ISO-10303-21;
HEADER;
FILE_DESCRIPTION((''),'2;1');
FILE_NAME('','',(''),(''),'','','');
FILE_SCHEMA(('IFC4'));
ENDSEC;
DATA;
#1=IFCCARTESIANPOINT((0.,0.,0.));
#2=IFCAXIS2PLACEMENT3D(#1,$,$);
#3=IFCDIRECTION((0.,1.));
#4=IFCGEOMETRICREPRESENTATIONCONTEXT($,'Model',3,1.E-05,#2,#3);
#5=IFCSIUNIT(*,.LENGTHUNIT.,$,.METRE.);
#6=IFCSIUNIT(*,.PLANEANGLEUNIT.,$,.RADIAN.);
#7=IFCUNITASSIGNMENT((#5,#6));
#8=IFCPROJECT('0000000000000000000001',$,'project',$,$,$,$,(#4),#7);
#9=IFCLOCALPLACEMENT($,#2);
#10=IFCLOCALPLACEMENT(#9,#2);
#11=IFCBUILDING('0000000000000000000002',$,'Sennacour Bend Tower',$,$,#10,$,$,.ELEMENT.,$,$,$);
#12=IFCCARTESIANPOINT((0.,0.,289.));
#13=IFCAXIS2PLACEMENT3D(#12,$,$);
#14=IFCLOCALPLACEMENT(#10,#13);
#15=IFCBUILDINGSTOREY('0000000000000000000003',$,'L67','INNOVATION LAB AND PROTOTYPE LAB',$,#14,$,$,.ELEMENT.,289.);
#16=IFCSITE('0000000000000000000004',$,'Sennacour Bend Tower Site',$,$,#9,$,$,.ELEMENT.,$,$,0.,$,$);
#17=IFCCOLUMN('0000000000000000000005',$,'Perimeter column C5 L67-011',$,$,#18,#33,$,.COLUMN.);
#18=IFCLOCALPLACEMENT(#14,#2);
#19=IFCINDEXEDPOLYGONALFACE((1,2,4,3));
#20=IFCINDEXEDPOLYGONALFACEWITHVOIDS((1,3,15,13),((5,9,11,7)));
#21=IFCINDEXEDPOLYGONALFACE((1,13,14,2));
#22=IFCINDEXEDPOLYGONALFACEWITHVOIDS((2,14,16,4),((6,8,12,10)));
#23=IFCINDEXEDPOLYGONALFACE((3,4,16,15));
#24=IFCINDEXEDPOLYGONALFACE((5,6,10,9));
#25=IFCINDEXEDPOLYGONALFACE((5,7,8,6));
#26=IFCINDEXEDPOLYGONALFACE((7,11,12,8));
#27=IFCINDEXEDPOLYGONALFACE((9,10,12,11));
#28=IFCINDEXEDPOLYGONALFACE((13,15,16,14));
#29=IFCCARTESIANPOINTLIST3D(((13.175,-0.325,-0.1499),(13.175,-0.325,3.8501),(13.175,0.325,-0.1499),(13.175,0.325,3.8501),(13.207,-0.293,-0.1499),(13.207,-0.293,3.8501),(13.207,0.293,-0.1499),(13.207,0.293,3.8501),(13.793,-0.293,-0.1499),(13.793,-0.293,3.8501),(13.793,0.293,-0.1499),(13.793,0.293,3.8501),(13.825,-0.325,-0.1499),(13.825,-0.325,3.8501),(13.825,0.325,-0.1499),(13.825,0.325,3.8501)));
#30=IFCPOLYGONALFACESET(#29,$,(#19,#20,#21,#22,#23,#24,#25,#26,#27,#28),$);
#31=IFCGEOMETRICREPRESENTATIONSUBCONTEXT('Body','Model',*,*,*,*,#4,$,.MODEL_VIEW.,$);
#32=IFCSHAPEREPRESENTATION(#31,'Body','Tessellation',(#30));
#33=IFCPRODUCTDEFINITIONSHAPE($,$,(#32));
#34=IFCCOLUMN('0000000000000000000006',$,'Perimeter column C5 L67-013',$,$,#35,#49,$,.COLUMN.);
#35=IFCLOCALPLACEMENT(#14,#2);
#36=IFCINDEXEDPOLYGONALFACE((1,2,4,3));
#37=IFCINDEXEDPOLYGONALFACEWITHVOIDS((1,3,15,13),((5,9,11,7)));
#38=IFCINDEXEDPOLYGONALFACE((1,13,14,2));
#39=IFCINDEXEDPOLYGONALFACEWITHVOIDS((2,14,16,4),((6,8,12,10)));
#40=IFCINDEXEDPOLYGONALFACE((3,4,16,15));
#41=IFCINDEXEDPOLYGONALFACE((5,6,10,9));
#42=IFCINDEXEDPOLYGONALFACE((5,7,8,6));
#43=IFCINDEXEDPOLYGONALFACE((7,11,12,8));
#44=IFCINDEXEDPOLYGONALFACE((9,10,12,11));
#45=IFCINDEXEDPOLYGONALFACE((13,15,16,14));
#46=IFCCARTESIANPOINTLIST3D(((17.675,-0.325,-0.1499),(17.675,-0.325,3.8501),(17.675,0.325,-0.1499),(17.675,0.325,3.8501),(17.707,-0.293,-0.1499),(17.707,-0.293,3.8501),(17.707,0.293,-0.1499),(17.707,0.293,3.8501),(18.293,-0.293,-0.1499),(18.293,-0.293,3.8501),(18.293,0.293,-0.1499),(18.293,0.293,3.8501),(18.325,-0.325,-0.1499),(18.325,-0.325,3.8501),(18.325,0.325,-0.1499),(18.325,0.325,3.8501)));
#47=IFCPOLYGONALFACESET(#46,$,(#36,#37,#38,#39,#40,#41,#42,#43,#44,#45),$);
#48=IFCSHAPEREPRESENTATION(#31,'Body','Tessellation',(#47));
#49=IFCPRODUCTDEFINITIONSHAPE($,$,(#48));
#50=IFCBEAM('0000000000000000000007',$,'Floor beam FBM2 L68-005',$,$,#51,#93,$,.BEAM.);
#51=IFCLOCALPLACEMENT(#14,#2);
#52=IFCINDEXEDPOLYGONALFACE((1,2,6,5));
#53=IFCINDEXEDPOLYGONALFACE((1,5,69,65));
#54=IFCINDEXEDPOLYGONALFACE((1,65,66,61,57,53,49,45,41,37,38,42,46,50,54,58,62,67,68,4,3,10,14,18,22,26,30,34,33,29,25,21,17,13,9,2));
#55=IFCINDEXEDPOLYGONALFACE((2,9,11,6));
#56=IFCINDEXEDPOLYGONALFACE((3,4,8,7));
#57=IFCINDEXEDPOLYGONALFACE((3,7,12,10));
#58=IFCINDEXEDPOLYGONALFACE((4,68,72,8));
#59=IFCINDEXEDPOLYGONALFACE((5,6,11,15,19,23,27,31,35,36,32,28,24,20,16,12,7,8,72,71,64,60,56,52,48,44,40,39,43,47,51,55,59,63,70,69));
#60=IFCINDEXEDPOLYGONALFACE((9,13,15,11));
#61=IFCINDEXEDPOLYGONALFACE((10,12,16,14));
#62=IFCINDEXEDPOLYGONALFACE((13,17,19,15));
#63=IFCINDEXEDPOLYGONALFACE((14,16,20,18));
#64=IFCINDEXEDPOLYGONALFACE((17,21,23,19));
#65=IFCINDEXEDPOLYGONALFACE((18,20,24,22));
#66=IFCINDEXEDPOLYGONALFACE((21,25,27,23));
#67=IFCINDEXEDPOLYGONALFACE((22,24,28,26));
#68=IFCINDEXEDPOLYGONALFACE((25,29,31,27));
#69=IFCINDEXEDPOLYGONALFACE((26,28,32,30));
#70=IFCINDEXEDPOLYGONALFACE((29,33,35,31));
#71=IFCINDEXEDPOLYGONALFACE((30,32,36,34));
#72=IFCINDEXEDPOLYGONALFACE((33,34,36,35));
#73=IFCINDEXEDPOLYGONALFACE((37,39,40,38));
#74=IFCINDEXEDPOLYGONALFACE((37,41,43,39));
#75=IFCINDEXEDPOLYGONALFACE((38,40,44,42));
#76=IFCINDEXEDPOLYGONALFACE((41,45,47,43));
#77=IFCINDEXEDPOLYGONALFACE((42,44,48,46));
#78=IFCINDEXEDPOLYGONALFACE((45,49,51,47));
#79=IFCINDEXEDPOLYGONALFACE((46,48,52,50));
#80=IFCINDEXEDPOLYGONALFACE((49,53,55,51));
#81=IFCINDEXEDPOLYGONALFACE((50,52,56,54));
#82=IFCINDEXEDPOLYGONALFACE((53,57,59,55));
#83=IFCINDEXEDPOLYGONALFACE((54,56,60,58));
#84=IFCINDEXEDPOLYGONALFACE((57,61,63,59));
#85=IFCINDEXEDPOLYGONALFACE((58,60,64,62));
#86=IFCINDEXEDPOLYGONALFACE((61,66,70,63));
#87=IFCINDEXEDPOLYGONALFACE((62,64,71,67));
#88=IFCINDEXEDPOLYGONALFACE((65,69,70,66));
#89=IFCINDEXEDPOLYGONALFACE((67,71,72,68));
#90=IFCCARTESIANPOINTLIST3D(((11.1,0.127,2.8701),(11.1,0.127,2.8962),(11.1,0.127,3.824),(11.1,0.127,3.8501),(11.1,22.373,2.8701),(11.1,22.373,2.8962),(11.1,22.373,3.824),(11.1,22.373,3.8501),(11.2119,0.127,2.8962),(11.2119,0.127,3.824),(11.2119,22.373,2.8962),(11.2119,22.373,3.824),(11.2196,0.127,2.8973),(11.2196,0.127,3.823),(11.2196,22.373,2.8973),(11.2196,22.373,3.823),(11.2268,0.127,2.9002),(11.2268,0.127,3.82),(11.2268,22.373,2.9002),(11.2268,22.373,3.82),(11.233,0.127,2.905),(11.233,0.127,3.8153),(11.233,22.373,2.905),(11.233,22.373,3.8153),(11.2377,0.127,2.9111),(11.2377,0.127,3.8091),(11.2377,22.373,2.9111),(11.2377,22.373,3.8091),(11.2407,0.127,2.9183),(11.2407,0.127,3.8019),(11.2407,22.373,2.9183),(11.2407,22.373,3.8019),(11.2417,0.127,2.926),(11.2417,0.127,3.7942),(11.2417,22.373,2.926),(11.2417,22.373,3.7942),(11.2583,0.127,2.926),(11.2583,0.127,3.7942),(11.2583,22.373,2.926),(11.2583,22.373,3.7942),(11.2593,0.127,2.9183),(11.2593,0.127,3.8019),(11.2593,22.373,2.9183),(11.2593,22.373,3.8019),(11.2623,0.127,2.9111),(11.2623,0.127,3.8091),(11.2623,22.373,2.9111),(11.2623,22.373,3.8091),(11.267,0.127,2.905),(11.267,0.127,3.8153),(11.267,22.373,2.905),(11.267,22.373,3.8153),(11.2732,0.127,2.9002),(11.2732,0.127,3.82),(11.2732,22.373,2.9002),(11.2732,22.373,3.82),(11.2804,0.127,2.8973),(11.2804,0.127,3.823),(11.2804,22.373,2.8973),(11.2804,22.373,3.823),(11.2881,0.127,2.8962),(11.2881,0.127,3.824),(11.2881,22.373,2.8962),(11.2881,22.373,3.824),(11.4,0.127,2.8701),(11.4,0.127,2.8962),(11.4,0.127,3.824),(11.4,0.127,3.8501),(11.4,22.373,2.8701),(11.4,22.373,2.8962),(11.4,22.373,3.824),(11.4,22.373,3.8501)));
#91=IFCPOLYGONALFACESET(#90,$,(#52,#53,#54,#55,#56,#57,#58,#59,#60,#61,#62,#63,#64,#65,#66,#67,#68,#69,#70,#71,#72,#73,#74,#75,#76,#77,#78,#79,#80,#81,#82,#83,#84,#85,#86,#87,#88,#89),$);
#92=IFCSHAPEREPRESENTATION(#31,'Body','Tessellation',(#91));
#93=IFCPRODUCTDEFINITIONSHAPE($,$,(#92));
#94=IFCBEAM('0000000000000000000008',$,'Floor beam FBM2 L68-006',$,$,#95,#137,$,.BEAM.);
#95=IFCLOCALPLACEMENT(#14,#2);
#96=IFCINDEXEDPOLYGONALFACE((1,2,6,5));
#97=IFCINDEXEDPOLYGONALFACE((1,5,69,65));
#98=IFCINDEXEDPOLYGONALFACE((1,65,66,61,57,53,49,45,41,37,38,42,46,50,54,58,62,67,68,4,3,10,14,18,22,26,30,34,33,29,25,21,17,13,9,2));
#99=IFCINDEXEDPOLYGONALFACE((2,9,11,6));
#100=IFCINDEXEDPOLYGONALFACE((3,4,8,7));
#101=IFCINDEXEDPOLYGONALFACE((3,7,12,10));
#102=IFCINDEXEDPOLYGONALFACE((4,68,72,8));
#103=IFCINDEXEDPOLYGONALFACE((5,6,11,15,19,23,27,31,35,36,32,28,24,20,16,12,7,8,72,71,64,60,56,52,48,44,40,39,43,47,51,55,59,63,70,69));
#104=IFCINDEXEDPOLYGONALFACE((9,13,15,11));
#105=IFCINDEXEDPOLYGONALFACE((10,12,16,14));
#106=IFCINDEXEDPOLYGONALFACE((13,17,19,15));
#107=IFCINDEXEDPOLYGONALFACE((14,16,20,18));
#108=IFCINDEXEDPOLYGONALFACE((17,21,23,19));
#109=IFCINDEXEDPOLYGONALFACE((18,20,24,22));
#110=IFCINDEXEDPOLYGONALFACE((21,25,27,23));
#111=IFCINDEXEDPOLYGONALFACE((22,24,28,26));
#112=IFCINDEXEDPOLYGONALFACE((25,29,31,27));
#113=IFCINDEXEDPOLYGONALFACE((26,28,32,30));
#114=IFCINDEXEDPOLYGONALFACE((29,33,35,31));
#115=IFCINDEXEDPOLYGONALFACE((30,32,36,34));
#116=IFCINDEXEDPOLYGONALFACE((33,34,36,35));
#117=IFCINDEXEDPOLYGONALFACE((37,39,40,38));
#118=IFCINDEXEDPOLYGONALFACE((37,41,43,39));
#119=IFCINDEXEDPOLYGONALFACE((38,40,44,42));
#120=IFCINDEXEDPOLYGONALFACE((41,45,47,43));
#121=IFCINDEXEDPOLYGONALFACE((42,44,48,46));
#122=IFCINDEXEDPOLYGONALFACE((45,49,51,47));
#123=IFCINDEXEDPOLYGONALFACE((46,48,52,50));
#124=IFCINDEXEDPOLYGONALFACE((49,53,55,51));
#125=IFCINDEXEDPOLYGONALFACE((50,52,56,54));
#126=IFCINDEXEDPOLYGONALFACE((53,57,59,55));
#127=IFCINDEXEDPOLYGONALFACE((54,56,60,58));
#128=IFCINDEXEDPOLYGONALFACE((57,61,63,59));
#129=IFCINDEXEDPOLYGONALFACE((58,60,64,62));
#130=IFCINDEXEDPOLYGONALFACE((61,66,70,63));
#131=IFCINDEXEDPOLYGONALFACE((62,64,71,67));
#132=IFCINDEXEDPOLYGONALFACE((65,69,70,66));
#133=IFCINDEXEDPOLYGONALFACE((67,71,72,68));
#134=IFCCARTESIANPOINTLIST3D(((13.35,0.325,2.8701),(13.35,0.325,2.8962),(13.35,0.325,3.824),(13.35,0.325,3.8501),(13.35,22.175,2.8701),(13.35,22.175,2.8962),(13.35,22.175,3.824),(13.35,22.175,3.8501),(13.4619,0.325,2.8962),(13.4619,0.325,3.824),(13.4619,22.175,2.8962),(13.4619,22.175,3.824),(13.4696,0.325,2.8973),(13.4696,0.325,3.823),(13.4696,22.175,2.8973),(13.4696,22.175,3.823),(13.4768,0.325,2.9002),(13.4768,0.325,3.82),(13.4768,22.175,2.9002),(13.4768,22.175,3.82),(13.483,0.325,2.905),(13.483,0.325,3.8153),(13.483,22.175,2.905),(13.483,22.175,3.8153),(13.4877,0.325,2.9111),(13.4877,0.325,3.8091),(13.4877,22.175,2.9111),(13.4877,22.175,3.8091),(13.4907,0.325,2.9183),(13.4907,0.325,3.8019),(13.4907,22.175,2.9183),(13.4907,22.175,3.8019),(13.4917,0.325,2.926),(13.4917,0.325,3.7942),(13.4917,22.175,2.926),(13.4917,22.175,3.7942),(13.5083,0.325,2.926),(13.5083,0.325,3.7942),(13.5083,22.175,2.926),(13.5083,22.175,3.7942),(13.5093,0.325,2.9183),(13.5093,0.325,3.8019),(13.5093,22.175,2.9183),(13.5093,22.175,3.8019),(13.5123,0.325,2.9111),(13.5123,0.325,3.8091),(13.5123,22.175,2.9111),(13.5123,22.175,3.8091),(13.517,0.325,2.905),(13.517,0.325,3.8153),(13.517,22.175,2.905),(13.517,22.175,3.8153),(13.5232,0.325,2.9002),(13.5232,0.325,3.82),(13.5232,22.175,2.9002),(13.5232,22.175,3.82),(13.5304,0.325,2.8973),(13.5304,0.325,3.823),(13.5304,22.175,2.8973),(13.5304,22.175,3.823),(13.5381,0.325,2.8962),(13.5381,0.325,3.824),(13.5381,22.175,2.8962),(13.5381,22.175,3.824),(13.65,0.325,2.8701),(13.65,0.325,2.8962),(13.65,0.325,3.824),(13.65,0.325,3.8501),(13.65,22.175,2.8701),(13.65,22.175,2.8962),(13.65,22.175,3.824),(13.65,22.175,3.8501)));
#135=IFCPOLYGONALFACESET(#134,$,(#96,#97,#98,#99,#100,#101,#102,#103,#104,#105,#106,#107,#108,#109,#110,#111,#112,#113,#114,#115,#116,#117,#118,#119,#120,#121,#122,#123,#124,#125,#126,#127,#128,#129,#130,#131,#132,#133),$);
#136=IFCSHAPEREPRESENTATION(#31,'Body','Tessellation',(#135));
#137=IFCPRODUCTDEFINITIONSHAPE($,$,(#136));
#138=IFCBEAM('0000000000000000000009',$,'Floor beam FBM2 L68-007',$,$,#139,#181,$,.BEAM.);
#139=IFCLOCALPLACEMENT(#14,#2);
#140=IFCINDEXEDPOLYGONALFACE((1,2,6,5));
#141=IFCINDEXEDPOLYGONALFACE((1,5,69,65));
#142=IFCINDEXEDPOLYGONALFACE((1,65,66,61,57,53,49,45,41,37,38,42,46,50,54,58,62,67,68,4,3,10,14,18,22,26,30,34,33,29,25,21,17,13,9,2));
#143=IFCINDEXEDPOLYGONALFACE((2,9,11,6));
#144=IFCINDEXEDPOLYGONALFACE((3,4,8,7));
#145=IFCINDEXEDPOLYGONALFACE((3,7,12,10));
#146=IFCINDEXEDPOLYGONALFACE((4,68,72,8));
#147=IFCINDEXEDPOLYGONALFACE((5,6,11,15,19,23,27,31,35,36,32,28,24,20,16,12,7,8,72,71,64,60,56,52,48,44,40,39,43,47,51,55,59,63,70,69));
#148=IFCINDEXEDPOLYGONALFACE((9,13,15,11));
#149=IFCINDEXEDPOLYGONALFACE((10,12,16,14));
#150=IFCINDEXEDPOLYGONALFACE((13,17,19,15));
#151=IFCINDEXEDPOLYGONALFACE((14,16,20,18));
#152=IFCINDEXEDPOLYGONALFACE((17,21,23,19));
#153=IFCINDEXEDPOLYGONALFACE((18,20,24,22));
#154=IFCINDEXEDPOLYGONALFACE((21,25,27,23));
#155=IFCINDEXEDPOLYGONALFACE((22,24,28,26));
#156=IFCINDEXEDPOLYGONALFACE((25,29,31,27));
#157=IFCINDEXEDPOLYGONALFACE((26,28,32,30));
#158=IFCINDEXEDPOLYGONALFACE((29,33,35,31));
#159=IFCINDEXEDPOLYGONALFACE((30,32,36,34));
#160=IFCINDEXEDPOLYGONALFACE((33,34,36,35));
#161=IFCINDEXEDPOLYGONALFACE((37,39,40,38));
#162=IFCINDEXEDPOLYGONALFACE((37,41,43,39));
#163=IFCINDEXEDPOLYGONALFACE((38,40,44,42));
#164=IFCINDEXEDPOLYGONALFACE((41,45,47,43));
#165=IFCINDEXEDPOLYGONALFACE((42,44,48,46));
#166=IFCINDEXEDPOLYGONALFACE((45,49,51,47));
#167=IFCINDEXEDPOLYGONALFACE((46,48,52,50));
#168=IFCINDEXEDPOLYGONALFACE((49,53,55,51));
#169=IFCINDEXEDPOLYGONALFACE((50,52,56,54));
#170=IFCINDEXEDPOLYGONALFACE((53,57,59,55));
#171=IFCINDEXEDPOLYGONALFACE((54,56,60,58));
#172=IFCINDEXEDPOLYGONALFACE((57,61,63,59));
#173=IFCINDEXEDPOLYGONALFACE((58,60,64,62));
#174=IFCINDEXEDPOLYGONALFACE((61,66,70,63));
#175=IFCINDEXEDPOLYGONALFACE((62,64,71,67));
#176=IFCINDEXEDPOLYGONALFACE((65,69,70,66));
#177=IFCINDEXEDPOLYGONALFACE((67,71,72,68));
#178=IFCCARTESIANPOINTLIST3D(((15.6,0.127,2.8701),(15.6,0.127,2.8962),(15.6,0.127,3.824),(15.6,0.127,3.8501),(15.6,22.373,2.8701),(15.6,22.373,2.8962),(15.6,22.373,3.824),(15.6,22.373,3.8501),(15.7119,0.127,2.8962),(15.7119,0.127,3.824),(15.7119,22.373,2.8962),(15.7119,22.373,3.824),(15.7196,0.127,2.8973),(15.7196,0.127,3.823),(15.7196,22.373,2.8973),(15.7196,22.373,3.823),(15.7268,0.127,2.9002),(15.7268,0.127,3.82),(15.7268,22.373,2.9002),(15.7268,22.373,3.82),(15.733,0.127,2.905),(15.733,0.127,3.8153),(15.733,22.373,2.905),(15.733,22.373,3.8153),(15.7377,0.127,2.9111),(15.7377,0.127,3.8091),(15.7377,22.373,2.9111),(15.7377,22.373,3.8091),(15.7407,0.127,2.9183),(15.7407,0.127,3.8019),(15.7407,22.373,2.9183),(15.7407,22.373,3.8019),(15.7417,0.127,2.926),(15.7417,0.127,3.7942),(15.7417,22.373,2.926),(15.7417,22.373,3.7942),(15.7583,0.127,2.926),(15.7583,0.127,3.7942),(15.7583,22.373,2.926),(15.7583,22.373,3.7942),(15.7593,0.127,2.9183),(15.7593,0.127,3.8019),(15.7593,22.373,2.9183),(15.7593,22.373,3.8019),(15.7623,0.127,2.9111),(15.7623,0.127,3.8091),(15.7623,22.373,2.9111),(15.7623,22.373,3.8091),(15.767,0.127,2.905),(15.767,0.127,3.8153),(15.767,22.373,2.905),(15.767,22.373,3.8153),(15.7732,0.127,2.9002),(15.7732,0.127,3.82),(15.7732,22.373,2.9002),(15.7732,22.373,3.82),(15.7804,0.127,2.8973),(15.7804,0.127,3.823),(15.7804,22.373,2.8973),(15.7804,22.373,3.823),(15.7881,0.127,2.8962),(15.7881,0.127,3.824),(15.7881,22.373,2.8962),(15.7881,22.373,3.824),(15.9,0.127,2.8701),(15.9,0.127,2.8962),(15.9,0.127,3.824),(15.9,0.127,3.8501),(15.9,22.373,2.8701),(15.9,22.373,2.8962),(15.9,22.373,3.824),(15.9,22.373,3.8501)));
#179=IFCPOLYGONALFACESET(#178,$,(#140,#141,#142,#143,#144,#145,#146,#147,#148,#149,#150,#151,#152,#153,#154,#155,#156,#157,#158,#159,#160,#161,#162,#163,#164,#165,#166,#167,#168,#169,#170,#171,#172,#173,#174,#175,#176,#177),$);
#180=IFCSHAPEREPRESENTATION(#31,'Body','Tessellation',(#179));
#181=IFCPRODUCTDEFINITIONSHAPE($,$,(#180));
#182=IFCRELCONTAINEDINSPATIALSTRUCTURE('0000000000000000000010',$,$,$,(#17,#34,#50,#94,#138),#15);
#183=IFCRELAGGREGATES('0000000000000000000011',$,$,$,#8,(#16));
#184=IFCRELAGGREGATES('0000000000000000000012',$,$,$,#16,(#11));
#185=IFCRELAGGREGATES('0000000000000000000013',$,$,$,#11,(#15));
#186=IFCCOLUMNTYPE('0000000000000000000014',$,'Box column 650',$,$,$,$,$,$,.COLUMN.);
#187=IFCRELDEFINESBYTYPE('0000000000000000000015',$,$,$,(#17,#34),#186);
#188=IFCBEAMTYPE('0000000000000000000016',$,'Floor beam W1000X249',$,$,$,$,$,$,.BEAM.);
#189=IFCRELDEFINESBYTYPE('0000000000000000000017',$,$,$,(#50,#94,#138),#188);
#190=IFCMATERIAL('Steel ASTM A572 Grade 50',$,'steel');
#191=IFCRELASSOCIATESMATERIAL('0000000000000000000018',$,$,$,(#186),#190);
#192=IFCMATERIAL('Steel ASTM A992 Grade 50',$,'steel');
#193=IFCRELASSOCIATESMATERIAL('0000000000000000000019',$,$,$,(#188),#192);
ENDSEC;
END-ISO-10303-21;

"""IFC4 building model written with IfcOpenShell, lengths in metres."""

from ifc_helpers import new_model, si_unit, direction, frame, origin, origin_2d, place, context, subcontext, project, spatial, hollow_rectangle, i_section, extrude, material, material_profile, profile_set, type_object, element, save


model = new_model("IFC4")

# Units and contexts
model_context = context("Model", 3, precision=1e-05, world=origin(), true_north=direction((0.0, 1.0)))
body_context = subcontext(model_context, "Body", "Model", "MODEL_VIEW")
ifc_project = project(units=[si_unit("LENGTHUNIT", "METRE"), si_unit("PLANEANGLEUNIT", "RADIAN")], contexts=[model_context])

# Site, building, storey
site_placement = place(None, origin())
site = spatial("IfcSite", under=ifc_project, at=site_placement, Name="Sennacour Bend Tower Site", CompositionType="ELEMENT", RefElevation=0.0)
building_placement = place(site_placement, origin())
building = spatial("IfcBuilding", under=site, at=building_placement, Name="Sennacour Bend Tower", CompositionType="ELEMENT")
storey_placement = place(building_placement, frame((0.0, 0.0, 289.0)))
storey = spatial("IfcBuildingStorey", under=building, at=storey_placement, Name="L67", Description="INNOVATION LAB AND PROTOTYPE LAB", CompositionType="ELEMENT", Elevation=289.0)

# Columns
ifc_material_1 = material(Name="Steel ASTM A572 Grade 50", Category="steel")
ifc_material_profile_1 = material_profile(ifc_material_1, hollow_rectangle(XDim=0.6499, YDim=0.6499, WallThickness=0.032, at=origin_2d()), Name="Steel ASTM A572 Grade 50", Category="steel")
ifc_profile_set_1 = profile_set([ifc_material_profile_1], Name="Steel ASTM A572 Grade 50")
column_type = type_object("IfcColumnType", Name="Box column 650", PredefinedType="COLUMN", material=ifc_profile_set_1)
for number, where, z_axis, x_axis, name in (
    (1, (13.5, 0.0, -0.1499), (0.0, 0.0, 1.0), (1.0, 0.0, 0.0), "Perimeter column C5 L67-011"),
    (2, (18.0, 0.0, -0.1499), (0.0, 0.0, 1.0), (1.0, 0.0, 0.0), "Perimeter column C5 L67-013"),
):
    element("IfcColumn", number, at=place(storey_placement, frame(where, z_axis=z_axis, x_axis=x_axis)), inside=storey, type_object=column_type, Name=name, PredefinedType="COLUMN", context=body_context, shape_type="SweptSolid", body=[
        extrude(hollow_rectangle(XDim=0.6499, YDim=0.6499, WallThickness=0.032, at=origin_2d()), origin(), (0.0, 0.0, 1.0), 4.0),
    ])

# Beams
ifc_material_2 = material(Name="Steel ASTM A992 Grade 50", Category="steel")
ifc_material_profile_2 = material_profile(ifc_material_2, i_section(OverallWidth=0.3, OverallDepth=0.98, WebThickness=0.0166, FlangeThickness=0.0261, FilletRadius=0.0298, at=origin_2d()), Name="Steel ASTM A992 Grade 50", Category="steel")
ifc_profile_set_2 = profile_set([ifc_material_profile_2], Name="Steel ASTM A992 Grade 50")
beam_type_1 = type_object("IfcBeamType", Name="Floor beam W1000X249", PredefinedType="BEAM", material=ifc_profile_set_2)
beam_1_placement = place(storey_placement, frame((11.25, 0.127, 3.3601), z_axis=(0.0, 1.0, 0.0), x_axis=(-1.0, 0.0, 0.0)))
element("IfcBeam", 3, at=beam_1_placement, inside=storey, type_object=beam_type_1, Name="Floor beam FBM2 L68-005", PredefinedType="BEAM", context=body_context, shape_type="SweptSolid", body=[
    extrude(i_section(OverallWidth=0.3, OverallDepth=0.98, WebThickness=0.0166, FlangeThickness=0.0261, FilletRadius=0.0298, at=origin_2d()), origin(), (0.0, 0.0, 1.0), 22.2461),
])
beam_2_placement = place(storey_placement, frame((13.5, 0.325, 3.3601), z_axis=(0.0, 1.0, 0.0), x_axis=(-1.0, 0.0, 0.0)))
element("IfcBeam", 4, at=beam_2_placement, inside=storey, type_object=beam_type_1, Name="Floor beam FBM2 L68-006", PredefinedType="BEAM", context=body_context, shape_type="SweptSolid", body=[
    extrude(i_section(OverallWidth=0.3, OverallDepth=0.98, WebThickness=0.0166, FlangeThickness=0.0261, FilletRadius=0.0298, at=origin_2d()), origin(), (0.0, 0.0, 1.0), 21.8501),
])
beam_3_placement = place(storey_placement, frame((15.75, 0.127, 3.3601), z_axis=(0.0, 1.0, 0.0), x_axis=(-1.0, 0.0, 0.0)))
element("IfcBeam", 5, at=beam_3_placement, inside=storey, type_object=beam_type_1, Name="Floor beam FBM2 L68-007", PredefinedType="BEAM", context=body_context, shape_type="SweptSolid", body=[
    extrude(i_section(OverallWidth=0.3, OverallDepth=0.98, WebThickness=0.0166, FlangeThickness=0.0261, FilletRadius=0.0298, at=origin_2d()), origin(), (0.0, 0.0, 1.0), 22.2461),
])

save(model, "model.ifc")
